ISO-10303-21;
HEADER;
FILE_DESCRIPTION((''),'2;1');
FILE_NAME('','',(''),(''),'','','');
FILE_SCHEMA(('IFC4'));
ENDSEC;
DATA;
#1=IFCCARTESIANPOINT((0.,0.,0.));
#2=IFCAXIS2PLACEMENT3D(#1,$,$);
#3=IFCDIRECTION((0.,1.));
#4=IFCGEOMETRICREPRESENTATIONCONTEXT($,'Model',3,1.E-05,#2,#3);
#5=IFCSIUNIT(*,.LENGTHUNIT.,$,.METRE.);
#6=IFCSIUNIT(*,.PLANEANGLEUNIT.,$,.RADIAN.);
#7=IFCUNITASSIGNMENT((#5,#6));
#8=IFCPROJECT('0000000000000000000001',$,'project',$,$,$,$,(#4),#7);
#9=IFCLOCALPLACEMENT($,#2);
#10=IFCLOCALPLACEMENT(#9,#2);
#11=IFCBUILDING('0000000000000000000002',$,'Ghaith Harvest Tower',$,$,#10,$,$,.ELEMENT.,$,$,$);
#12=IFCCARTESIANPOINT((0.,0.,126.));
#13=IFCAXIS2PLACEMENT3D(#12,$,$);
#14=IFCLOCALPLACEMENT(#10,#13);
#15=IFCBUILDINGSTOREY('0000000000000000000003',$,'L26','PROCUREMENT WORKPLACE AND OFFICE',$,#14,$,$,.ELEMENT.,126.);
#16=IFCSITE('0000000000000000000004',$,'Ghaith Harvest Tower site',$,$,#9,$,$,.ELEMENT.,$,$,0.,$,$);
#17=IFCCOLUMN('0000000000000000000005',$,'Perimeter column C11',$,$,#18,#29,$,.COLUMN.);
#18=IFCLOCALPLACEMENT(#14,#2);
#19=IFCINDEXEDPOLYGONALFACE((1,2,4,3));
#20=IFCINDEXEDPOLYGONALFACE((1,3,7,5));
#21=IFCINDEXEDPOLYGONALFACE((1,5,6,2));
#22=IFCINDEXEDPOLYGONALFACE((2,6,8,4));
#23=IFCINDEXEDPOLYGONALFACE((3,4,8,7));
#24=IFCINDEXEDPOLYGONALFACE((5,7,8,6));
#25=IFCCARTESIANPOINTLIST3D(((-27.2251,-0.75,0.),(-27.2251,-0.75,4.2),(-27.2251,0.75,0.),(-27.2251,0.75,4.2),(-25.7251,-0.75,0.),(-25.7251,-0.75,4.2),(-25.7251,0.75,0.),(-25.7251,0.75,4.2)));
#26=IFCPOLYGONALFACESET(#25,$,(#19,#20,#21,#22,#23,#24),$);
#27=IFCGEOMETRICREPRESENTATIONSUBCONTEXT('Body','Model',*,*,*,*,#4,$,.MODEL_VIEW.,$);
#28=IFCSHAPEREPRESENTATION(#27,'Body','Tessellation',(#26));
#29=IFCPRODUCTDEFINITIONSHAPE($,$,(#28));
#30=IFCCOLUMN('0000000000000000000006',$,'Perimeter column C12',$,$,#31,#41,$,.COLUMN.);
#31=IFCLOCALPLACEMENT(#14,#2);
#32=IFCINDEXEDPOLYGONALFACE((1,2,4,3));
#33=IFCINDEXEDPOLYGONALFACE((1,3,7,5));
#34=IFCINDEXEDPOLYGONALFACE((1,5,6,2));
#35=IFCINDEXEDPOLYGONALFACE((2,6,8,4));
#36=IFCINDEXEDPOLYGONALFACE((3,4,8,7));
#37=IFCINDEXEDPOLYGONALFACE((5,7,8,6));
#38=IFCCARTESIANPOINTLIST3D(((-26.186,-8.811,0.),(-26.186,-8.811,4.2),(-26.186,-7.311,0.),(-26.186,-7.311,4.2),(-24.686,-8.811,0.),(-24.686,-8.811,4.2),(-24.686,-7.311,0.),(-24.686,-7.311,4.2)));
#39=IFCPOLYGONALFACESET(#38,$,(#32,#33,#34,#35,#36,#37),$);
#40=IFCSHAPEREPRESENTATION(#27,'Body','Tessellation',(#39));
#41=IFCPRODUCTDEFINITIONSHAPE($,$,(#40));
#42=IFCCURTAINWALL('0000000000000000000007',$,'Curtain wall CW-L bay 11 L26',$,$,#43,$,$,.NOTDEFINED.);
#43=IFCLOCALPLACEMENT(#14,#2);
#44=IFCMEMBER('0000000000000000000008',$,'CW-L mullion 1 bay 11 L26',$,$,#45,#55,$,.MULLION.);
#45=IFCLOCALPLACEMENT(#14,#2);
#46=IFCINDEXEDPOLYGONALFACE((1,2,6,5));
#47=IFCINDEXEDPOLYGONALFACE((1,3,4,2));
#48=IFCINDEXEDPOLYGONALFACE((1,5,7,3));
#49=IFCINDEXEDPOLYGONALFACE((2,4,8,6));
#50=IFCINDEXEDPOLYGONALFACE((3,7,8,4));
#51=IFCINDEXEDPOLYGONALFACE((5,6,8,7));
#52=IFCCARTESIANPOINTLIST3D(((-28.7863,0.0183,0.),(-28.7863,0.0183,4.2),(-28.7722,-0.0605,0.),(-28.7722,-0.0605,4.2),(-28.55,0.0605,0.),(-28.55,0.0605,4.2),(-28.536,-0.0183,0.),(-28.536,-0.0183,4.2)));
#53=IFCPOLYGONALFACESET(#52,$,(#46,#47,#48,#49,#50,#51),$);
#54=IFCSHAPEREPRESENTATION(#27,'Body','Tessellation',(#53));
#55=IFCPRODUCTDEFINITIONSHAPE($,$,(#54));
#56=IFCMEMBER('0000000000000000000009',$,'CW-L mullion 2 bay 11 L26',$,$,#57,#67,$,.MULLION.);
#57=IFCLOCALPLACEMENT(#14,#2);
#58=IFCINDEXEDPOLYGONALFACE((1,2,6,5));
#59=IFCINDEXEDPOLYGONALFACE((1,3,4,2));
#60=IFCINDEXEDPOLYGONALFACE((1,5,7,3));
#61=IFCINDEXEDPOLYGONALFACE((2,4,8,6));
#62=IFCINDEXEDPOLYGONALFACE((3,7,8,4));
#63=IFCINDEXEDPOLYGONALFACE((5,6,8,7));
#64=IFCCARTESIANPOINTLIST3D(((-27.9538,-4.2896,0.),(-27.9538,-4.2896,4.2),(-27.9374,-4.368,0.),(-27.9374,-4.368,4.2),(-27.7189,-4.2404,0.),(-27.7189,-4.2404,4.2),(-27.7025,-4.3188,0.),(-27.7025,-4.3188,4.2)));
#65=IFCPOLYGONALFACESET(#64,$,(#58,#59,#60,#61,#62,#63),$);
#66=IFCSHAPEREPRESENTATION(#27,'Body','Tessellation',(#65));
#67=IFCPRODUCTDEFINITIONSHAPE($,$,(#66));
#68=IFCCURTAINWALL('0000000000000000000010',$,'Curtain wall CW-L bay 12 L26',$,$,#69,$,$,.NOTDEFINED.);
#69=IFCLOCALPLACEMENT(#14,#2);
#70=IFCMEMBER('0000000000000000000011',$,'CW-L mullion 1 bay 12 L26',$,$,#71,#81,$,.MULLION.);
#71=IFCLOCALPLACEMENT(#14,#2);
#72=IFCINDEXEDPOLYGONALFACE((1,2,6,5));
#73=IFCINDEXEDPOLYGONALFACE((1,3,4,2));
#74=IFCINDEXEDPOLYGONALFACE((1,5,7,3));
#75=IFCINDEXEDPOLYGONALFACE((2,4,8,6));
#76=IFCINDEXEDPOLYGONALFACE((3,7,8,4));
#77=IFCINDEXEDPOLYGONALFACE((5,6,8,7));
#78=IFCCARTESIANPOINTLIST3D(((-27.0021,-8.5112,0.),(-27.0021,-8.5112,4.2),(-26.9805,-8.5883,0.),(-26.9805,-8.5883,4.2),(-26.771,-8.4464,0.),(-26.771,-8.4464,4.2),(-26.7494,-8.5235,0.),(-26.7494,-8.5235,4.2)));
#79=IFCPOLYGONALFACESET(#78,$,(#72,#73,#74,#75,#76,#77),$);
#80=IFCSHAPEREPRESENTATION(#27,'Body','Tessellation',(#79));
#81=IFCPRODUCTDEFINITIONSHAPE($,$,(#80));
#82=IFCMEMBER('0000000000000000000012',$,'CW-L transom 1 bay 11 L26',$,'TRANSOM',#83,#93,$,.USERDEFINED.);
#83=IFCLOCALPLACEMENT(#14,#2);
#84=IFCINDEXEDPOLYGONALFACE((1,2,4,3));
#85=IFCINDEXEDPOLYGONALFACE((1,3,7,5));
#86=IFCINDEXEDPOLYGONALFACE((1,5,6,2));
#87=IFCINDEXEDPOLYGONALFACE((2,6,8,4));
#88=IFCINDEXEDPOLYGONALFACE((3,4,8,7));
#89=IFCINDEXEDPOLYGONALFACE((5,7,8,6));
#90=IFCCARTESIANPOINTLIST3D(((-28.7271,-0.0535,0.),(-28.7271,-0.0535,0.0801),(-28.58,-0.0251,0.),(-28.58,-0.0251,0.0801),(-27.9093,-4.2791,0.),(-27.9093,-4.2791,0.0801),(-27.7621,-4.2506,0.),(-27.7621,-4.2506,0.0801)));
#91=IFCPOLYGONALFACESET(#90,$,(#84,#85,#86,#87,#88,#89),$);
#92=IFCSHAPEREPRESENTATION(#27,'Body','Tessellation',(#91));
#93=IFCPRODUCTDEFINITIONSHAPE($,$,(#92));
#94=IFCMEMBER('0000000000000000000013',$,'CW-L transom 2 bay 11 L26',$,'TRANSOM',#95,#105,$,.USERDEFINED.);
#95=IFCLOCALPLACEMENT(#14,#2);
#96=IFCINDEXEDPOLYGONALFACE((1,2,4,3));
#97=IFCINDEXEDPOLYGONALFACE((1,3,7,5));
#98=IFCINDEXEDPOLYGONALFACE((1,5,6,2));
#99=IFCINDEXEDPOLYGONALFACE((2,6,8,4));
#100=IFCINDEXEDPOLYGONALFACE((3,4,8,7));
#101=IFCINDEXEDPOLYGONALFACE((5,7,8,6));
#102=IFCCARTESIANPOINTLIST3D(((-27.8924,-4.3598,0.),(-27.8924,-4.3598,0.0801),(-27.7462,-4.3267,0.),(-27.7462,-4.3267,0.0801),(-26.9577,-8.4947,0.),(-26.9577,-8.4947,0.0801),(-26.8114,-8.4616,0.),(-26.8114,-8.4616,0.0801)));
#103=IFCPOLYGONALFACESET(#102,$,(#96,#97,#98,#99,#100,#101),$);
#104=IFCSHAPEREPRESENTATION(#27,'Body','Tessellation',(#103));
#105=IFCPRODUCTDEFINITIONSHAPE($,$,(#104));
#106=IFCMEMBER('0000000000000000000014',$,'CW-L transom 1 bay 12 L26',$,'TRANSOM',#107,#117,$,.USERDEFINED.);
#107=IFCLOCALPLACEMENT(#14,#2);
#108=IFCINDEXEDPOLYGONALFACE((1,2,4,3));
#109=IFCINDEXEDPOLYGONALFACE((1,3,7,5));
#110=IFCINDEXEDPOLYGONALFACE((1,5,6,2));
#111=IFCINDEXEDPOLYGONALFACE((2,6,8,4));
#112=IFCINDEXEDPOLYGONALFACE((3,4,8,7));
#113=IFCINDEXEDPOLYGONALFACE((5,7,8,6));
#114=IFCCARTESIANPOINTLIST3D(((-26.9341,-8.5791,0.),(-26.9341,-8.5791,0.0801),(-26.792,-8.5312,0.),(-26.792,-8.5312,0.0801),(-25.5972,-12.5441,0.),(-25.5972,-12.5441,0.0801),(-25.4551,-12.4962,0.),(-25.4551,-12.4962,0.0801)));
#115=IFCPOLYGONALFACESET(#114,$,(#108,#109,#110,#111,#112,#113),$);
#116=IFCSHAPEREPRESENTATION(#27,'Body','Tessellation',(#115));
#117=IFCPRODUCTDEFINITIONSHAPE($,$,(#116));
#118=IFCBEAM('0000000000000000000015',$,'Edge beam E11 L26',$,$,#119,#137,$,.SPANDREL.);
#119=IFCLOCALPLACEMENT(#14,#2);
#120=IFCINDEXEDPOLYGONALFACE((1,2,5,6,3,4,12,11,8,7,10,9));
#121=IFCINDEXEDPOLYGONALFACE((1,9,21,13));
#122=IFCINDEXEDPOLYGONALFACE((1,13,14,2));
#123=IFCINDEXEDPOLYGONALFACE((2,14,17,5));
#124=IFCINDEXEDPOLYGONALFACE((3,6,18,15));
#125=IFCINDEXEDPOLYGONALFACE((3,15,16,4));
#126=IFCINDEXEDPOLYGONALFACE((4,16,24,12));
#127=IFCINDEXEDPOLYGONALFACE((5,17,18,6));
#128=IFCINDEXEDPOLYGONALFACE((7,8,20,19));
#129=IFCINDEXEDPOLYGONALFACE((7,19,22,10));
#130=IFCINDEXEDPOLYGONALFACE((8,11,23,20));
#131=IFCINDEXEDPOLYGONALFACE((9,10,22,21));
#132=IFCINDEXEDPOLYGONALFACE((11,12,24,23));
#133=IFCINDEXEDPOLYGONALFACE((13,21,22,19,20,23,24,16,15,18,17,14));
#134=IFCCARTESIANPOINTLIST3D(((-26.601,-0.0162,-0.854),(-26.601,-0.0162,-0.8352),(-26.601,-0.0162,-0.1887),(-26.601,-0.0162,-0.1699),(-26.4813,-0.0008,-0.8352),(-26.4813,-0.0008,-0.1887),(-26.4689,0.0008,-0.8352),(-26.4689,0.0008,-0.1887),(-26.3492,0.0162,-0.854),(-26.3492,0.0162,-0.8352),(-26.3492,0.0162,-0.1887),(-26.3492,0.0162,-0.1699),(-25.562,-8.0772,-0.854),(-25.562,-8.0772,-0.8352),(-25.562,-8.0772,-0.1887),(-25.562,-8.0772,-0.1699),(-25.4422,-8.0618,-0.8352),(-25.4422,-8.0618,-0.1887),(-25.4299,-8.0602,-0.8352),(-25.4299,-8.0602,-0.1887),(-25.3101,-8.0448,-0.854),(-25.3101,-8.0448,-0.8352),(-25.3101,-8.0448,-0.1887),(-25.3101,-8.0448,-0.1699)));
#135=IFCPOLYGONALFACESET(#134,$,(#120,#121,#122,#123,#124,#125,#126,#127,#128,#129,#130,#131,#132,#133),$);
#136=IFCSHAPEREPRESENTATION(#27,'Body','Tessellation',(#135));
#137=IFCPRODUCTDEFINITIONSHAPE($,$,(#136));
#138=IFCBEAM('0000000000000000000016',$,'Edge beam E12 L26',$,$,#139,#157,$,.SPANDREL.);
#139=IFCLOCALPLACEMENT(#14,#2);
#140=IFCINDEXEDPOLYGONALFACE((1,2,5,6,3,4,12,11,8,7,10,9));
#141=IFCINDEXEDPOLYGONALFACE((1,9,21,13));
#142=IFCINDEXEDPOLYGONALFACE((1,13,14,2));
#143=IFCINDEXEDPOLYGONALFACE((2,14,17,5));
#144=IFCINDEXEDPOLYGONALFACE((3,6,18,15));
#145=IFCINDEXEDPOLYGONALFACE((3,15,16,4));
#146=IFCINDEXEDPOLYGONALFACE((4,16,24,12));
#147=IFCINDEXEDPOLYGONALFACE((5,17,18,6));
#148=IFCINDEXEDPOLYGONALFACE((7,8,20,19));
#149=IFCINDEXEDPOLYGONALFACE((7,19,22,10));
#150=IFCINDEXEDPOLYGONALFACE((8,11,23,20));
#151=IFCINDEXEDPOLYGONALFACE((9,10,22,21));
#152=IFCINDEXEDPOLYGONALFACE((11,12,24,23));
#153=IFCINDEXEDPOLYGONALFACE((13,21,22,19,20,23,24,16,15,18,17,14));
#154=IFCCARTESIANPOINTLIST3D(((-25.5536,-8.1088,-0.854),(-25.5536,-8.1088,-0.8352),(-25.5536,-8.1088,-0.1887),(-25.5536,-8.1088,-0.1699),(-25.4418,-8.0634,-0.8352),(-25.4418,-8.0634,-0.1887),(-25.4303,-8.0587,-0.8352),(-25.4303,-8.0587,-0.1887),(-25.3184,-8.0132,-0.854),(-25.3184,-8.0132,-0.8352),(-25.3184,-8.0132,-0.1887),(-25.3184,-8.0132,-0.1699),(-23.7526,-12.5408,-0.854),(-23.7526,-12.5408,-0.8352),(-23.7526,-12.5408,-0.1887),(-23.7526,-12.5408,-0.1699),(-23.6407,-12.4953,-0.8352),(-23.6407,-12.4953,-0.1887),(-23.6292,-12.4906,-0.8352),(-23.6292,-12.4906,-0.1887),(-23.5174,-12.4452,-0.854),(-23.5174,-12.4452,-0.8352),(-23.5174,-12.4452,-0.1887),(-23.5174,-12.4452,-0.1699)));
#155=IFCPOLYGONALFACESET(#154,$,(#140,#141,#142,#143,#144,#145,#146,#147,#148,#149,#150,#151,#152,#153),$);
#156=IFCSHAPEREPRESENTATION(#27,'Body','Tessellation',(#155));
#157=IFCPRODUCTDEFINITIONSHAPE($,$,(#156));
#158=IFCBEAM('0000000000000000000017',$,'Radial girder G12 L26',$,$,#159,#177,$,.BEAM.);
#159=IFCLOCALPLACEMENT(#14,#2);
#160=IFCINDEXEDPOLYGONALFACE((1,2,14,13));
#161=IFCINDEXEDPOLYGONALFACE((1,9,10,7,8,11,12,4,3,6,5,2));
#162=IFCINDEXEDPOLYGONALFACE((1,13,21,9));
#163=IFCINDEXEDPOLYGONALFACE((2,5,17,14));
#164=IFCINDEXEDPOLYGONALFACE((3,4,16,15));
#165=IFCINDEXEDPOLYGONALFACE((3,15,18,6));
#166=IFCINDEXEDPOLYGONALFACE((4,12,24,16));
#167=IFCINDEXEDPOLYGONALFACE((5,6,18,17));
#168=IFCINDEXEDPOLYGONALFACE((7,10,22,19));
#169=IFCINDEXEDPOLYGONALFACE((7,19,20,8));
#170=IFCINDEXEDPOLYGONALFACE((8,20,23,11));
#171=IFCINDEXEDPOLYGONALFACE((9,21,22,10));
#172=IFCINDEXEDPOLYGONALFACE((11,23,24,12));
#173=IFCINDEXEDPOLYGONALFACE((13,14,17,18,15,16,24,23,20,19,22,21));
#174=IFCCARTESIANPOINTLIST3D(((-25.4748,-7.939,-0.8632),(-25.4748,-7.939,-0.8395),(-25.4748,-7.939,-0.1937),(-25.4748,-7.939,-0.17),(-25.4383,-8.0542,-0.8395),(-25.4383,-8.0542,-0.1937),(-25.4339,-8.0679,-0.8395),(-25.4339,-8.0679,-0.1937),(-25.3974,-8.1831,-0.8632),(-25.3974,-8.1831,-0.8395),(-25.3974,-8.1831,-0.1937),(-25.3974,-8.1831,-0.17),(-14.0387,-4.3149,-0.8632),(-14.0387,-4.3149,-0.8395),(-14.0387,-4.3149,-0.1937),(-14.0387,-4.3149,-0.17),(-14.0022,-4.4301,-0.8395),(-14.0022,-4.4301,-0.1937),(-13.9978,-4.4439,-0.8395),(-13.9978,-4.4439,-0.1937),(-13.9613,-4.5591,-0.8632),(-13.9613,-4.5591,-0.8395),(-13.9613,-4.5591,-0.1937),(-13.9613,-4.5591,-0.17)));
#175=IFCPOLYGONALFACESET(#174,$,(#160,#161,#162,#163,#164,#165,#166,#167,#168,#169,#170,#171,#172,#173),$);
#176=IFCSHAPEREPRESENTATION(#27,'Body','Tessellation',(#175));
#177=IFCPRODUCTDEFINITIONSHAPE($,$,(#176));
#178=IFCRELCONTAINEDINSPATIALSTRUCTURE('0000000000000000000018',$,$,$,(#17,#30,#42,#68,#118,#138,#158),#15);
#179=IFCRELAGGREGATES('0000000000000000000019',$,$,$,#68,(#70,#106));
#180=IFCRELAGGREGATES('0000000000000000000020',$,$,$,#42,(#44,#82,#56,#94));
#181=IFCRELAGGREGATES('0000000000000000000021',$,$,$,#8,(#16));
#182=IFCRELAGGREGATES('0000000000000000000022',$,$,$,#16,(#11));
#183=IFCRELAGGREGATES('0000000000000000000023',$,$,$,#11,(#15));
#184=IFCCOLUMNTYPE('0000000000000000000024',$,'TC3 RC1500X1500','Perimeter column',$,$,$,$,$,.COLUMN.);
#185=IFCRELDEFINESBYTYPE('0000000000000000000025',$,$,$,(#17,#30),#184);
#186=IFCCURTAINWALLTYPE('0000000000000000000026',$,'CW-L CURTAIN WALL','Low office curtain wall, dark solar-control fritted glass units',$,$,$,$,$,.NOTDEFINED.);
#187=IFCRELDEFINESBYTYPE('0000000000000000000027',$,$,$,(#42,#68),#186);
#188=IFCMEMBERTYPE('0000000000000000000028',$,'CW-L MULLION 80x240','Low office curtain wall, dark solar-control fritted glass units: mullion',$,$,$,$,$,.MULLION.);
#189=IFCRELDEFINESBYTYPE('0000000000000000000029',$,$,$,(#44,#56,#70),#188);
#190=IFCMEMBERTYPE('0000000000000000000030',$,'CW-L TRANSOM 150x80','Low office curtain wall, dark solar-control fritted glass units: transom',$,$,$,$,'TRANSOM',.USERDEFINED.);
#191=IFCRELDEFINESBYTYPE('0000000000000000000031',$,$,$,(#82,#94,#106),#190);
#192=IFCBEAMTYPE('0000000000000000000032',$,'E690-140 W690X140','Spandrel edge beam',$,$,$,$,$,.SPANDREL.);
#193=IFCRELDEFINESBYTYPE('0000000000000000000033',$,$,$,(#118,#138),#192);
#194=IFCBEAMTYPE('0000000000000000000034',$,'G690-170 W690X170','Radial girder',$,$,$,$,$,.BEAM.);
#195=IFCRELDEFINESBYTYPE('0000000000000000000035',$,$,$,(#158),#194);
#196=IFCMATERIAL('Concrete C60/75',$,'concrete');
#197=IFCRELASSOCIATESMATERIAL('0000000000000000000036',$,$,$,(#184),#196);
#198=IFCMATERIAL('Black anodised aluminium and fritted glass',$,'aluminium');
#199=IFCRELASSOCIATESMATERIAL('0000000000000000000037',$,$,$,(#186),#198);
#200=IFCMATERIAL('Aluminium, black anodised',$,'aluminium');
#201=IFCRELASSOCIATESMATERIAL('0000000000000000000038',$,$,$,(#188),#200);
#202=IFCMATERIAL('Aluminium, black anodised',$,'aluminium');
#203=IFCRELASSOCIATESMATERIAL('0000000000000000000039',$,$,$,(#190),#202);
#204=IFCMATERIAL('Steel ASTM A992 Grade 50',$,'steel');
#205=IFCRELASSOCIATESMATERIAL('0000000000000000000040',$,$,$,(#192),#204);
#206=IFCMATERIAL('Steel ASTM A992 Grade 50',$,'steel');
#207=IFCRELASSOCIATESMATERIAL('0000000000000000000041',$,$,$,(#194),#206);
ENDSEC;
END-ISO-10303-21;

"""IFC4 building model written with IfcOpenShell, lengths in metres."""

from ifc_helpers import new_model, si_unit, direction, frame, origin, origin_2d, place, context, subcontext, project, spatial, rectangle, i_section, extrude, material, material_profile, profile_set, type_object, element, aggregate, save


model = new_model("IFC4")

# Units and contexts
model_context = context("Model", 3, precision=1e-05, world=origin(), true_north=direction((0.0, 1.0)))
body_context = subcontext(model_context, "Body", "Model", "MODEL_VIEW")
ifc_project = project(units=[si_unit("LENGTHUNIT", "METRE"), si_unit("PLANEANGLEUNIT", "RADIAN")], contexts=[model_context])

# Site, building, storey
site_placement = place(None, origin())
site = spatial("IfcSite", under=ifc_project, at=site_placement, Name="Ghaith Harvest Tower site", CompositionType="ELEMENT", RefElevation=0.0)
building_placement = place(site_placement, origin())
building = spatial("IfcBuilding", under=site, at=building_placement, Name="Ghaith Harvest Tower", CompositionType="ELEMENT")
storey_placement = place(building_placement, frame((0.0, 0.0, 126.0)))
storey = spatial("IfcBuildingStorey", under=building, at=storey_placement, Name="L26", Description="PROCUREMENT WORKPLACE AND OFFICE", CompositionType="ELEMENT", Elevation=126.0)

# Columns
ifc_material_1 = material(Name="Concrete C60/75", Category="concrete")
ifc_material_profile_1 = material_profile(ifc_material_1, rectangle(XDim=1.5, YDim=1.5, at=origin_2d()), Name="RC1500X1500")
ifc_profile_set_1 = profile_set([ifc_material_profile_1], Name="Concrete C60/75")
column_type = type_object("IfcColumnType", Name="TC3 RC1500X1500", Description="Perimeter column", PredefinedType="COLUMN", material=ifc_profile_set_1)
for number, where, z_axis, x_axis, name in (
    (1, (-26.4751, 0.0, 0.0), (0.0, 0.0, 1.0), (1.0, 0.0, 0.0), "Perimeter column C11"),
    (2, (-25.436, -8.061, 0.0), (0.0, 0.0, 1.0), (1.0, 0.0, 0.0), "Perimeter column C12"),
):
    element("IfcColumn", number, at=place(storey_placement, frame(where, z_axis=z_axis, x_axis=x_axis)), inside=storey, type_object=column_type, Name=name, PredefinedType="COLUMN", context=body_context, shape_type="SweptSolid", body=[
        extrude(rectangle(XDim=1.5, YDim=1.5, at=origin_2d()), origin(), (0.0, 0.0, 1.0), 4.2),
    ])

# Curtain wall, members
ifc_material_2 = material(Name="Black anodised aluminium and fritted glass", Category="aluminium")
curtain_wall_type = type_object("IfcCurtainWallType", Name="CW-L CURTAIN WALL", Description="Low office curtain wall, dark solar-control fritted glass units", PredefinedType="NOTDEFINED", material=ifc_material_2)
curtain_wall_1_placement = place(storey_placement, origin())
curtain_wall_1 = element("IfcCurtainWall", 3, at=curtain_wall_1_placement, inside=storey, type_object=curtain_wall_type, Name="Curtain wall CW-L bay 11 L26", PredefinedType="NOTDEFINED")
ifc_material_3 = material(Name="Aluminium, black anodised", Category="aluminium")
ifc_material_profile_2 = material_profile(ifc_material_3, rectangle(XDim=0.0801, YDim=0.24, at=origin_2d()), Name="CW-L MULLION 80x240")
ifc_profile_set_2 = profile_set([ifc_material_profile_2], Name="Aluminium, black anodised")
member_type_1 = type_object("IfcMemberType", Name="CW-L MULLION 80x240", Description="Low office curtain wall, dark solar-control fritted glass units: mullion", PredefinedType="MULLION", material=ifc_profile_set_2)
member_1_placement = place(storey_placement, frame((-28.6611, 0.0, 0.0), z_axis=(0.0, 0.0, 1.0), x_axis=(0.175827, -0.984421, 0.0)))
member_1 = element("IfcMember", 4, at=member_1_placement, type_object=member_type_1, Name="CW-L mullion 1 bay 11 L26", PredefinedType="MULLION", context=body_context, shape_type="SweptSolid", body=[
    extrude(rectangle(XDim=0.0801, YDim=0.24, at=origin_2d()), origin(), (0.0, 0.0, 1.0), 4.2),
])
member_2_placement = place(storey_placement, frame((-27.8281, -4.3042, 0.0), z_axis=(0.0, 0.0, 1.0), x_axis=(0.205176, -0.978725, 0.0)))
member_2 = element("IfcMember", 5, at=member_2_placement, type_object=member_type_1, Name="CW-L mullion 2 bay 11 L26", PredefinedType="MULLION", context=body_context, shape_type="SweptSolid", body=[
    extrude(rectangle(XDim=0.0801, YDim=0.24, at=origin_2d()), origin(), (0.0, 0.0, 1.0), 4.2),
])

# Curtain wall, member
curtain_wall_2_placement = place(storey_placement, origin())
curtain_wall_2 = element("IfcCurtainWall", 6, at=curtain_wall_2_placement, inside=storey, type_object=curtain_wall_type, Name="Curtain wall CW-L bay 12 L26", PredefinedType="NOTDEFINED")
member_3_placement = place(storey_placement, frame((-26.8757, -8.5173, 0.0), z_axis=(0.0, 0.0, 1.0), x_axis=(0.270019, -0.962855, 0.0)))
member_3 = element("IfcMember", 7, at=member_3_placement, type_object=member_type_1, Name="CW-L mullion 1 bay 12 L26", PredefinedType="MULLION", context=body_context, shape_type="SweptSolid", body=[
    extrude(rectangle(XDim=0.0801, YDim=0.24, at=origin_2d()), origin(), (0.0, 0.0, 1.0), 4.2),
])

# Members
ifc_material_4 = material(Name="Aluminium, black anodised", Category="aluminium")
ifc_material_profile_3 = material_profile(ifc_material_4, rectangle(XDim=0.1499, YDim=0.0801, at=origin_2d()), Name="CW-L TRANSOM 150x80")
ifc_profile_set_3 = profile_set([ifc_material_profile_3], Name="Aluminium, black anodised")
member_type_2 = type_object("IfcMemberType", Name="CW-L TRANSOM 150x80", Description="Low office curtain wall, dark solar-control fritted glass units: transom", ElementType="TRANSOM", PredefinedType="USERDEFINED", material=ifc_profile_set_3)
member_4_placement = place(storey_placement, frame((-28.6536, -0.0393, 0.04), z_axis=(0.190025, -0.981779, 0.0), x_axis=(0.981779, 0.190025, 0.0)))
member_4 = element("IfcMember", 8, at=member_4_placement, type_object=member_type_2, Name="CW-L transom 1 bay 11 L26", ObjectType="TRANSOM", PredefinedType="USERDEFINED", context=body_context, shape_type="SweptSolid", body=[
    extrude(rectangle(XDim=0.1499, YDim=0.0801, at=origin_2d()), origin(), (0.0, 0.0, 1.0), 4.304),
])
member_5_placement = place(storey_placement, frame((-27.8193, -4.3433, 0.04), z_axis=(0.220508, -0.975385, 0.0), x_axis=(0.975385, 0.220508, 0.0)))
member_5 = element("IfcMember", 9, at=member_5_placement, type_object=member_type_2, Name="CW-L transom 2 bay 11 L26", ObjectType="TRANSOM", PredefinedType="USERDEFINED", context=body_context, shape_type="SweptSolid", body=[
    extrude(rectangle(XDim=0.1499, YDim=0.0801, at=origin_2d()), origin(), (0.0, 0.0, 1.0), 4.2393),
])
member_6_placement = place(storey_placement, frame((-26.863, -8.5552, 0.04), z_axis=(0.319499, -0.947587, 0.0), x_axis=(0.947587, 0.319499, 0.0)))
member_6 = element("IfcMember", 10, at=member_6_placement, type_object=member_type_2, Name="CW-L transom 1 bay 12 L26", ObjectType="TRANSOM", PredefinedType="USERDEFINED", context=body_context, shape_type="SweptSolid", body=[
    extrude(rectangle(XDim=0.1499, YDim=0.0801, at=origin_2d()), origin(), (0.0, 0.0, 1.0), 4.1843),
])
aggregate(curtain_wall_2, [member_3, member_6])

# Beams
ifc_material_5 = material(Name="Steel ASTM A992 Grade 50", Category="steel")
ifc_material_profile_4 = material_profile(ifc_material_5, i_section(OverallWidth=0.2539, OverallDepth=0.6841, WebThickness=0.0125, FlangeThickness=0.0188, at=origin_2d()), Name="W690X140")
ifc_profile_set_4 = profile_set([ifc_material_profile_4], Name="Steel ASTM A992 Grade 50")
beam_type_1 = type_object("IfcBeamType", Name="E690-140 W690X140", Description="Spandrel edge beam", PredefinedType="SPANDREL", material=ifc_profile_set_4)
beam_1_placement = place(storey_placement, frame((-26.4751, 0.0, -0.512), z_axis=(0.127842, -0.991795, 0.0), x_axis=(0.991795, 0.127842, 0.0)))
element("IfcBeam", 11, at=beam_1_placement, inside=storey, type_object=beam_type_1, Name="Edge beam E11 L26", PredefinedType="SPANDREL", context=body_context, shape_type="SweptSolid", body=[
    extrude(i_section(OverallWidth=0.2539, OverallDepth=0.6841, WebThickness=0.0125, FlangeThickness=0.0188, at=origin_2d()), origin(), (0.0, 0.0, 1.0), 8.1277),
])
beam_2_placement = place(storey_placement, frame((-25.436, -8.061, -0.512), z_axis=(0.37648, -0.926425, 0.0), x_axis=(0.926425, 0.37648, 0.0)))
element("IfcBeam", 12, at=beam_2_placement, inside=storey, type_object=beam_type_1, Name="Edge beam E12 L26", PredefinedType="SPANDREL", context=body_context, shape_type="SweptSolid", body=[
    extrude(i_section(OverallWidth=0.2539, OverallDepth=0.6841, WebThickness=0.0125, FlangeThickness=0.0188, at=origin_2d()), origin(), (0.0, 0.0, 1.0), 4.7839),
])
ifc_material_6 = material(Name="Steel ASTM A992 Grade 50", Category="steel")
ifc_material_profile_5 = material_profile(ifc_material_6, i_section(OverallWidth=0.2561, OverallDepth=0.6931, WebThickness=0.0144, FlangeThickness=0.0237, at=origin_2d()), Name="W690X170")
ifc_profile_set_5 = profile_set([ifc_material_profile_5], Name="Steel ASTM A992 Grade 50")
beam_type_2 = type_object("IfcBeamType", Name="G690-170 W690X170", Description="Radial girder", PredefinedType="BEAM", material=ifc_profile_set_5)
beam_3_placement = place(storey_placement, frame((-14.0, -4.437, -0.5166), z_axis=(-0.95328, -0.30209, 0.0), x_axis=(0.30209, -0.95328, 0.0)))
element("IfcBeam", 13, at=beam_3_placement, inside=storey, type_object=beam_type_2, Name="Radial girder G12 L26", PredefinedType="BEAM", context=body_context, shape_type="SweptSolid", body=[
    extrude(i_section(OverallWidth=0.2561, OverallDepth=0.6931, WebThickness=0.0144, FlangeThickness=0.0237, at=origin_2d()), origin(), (0.0, 0.0, 1.0), 11.9966),
])

aggregate(curtain_wall_1, [member_1, member_4, member_2, member_5])

save(model, "model.ifc")
